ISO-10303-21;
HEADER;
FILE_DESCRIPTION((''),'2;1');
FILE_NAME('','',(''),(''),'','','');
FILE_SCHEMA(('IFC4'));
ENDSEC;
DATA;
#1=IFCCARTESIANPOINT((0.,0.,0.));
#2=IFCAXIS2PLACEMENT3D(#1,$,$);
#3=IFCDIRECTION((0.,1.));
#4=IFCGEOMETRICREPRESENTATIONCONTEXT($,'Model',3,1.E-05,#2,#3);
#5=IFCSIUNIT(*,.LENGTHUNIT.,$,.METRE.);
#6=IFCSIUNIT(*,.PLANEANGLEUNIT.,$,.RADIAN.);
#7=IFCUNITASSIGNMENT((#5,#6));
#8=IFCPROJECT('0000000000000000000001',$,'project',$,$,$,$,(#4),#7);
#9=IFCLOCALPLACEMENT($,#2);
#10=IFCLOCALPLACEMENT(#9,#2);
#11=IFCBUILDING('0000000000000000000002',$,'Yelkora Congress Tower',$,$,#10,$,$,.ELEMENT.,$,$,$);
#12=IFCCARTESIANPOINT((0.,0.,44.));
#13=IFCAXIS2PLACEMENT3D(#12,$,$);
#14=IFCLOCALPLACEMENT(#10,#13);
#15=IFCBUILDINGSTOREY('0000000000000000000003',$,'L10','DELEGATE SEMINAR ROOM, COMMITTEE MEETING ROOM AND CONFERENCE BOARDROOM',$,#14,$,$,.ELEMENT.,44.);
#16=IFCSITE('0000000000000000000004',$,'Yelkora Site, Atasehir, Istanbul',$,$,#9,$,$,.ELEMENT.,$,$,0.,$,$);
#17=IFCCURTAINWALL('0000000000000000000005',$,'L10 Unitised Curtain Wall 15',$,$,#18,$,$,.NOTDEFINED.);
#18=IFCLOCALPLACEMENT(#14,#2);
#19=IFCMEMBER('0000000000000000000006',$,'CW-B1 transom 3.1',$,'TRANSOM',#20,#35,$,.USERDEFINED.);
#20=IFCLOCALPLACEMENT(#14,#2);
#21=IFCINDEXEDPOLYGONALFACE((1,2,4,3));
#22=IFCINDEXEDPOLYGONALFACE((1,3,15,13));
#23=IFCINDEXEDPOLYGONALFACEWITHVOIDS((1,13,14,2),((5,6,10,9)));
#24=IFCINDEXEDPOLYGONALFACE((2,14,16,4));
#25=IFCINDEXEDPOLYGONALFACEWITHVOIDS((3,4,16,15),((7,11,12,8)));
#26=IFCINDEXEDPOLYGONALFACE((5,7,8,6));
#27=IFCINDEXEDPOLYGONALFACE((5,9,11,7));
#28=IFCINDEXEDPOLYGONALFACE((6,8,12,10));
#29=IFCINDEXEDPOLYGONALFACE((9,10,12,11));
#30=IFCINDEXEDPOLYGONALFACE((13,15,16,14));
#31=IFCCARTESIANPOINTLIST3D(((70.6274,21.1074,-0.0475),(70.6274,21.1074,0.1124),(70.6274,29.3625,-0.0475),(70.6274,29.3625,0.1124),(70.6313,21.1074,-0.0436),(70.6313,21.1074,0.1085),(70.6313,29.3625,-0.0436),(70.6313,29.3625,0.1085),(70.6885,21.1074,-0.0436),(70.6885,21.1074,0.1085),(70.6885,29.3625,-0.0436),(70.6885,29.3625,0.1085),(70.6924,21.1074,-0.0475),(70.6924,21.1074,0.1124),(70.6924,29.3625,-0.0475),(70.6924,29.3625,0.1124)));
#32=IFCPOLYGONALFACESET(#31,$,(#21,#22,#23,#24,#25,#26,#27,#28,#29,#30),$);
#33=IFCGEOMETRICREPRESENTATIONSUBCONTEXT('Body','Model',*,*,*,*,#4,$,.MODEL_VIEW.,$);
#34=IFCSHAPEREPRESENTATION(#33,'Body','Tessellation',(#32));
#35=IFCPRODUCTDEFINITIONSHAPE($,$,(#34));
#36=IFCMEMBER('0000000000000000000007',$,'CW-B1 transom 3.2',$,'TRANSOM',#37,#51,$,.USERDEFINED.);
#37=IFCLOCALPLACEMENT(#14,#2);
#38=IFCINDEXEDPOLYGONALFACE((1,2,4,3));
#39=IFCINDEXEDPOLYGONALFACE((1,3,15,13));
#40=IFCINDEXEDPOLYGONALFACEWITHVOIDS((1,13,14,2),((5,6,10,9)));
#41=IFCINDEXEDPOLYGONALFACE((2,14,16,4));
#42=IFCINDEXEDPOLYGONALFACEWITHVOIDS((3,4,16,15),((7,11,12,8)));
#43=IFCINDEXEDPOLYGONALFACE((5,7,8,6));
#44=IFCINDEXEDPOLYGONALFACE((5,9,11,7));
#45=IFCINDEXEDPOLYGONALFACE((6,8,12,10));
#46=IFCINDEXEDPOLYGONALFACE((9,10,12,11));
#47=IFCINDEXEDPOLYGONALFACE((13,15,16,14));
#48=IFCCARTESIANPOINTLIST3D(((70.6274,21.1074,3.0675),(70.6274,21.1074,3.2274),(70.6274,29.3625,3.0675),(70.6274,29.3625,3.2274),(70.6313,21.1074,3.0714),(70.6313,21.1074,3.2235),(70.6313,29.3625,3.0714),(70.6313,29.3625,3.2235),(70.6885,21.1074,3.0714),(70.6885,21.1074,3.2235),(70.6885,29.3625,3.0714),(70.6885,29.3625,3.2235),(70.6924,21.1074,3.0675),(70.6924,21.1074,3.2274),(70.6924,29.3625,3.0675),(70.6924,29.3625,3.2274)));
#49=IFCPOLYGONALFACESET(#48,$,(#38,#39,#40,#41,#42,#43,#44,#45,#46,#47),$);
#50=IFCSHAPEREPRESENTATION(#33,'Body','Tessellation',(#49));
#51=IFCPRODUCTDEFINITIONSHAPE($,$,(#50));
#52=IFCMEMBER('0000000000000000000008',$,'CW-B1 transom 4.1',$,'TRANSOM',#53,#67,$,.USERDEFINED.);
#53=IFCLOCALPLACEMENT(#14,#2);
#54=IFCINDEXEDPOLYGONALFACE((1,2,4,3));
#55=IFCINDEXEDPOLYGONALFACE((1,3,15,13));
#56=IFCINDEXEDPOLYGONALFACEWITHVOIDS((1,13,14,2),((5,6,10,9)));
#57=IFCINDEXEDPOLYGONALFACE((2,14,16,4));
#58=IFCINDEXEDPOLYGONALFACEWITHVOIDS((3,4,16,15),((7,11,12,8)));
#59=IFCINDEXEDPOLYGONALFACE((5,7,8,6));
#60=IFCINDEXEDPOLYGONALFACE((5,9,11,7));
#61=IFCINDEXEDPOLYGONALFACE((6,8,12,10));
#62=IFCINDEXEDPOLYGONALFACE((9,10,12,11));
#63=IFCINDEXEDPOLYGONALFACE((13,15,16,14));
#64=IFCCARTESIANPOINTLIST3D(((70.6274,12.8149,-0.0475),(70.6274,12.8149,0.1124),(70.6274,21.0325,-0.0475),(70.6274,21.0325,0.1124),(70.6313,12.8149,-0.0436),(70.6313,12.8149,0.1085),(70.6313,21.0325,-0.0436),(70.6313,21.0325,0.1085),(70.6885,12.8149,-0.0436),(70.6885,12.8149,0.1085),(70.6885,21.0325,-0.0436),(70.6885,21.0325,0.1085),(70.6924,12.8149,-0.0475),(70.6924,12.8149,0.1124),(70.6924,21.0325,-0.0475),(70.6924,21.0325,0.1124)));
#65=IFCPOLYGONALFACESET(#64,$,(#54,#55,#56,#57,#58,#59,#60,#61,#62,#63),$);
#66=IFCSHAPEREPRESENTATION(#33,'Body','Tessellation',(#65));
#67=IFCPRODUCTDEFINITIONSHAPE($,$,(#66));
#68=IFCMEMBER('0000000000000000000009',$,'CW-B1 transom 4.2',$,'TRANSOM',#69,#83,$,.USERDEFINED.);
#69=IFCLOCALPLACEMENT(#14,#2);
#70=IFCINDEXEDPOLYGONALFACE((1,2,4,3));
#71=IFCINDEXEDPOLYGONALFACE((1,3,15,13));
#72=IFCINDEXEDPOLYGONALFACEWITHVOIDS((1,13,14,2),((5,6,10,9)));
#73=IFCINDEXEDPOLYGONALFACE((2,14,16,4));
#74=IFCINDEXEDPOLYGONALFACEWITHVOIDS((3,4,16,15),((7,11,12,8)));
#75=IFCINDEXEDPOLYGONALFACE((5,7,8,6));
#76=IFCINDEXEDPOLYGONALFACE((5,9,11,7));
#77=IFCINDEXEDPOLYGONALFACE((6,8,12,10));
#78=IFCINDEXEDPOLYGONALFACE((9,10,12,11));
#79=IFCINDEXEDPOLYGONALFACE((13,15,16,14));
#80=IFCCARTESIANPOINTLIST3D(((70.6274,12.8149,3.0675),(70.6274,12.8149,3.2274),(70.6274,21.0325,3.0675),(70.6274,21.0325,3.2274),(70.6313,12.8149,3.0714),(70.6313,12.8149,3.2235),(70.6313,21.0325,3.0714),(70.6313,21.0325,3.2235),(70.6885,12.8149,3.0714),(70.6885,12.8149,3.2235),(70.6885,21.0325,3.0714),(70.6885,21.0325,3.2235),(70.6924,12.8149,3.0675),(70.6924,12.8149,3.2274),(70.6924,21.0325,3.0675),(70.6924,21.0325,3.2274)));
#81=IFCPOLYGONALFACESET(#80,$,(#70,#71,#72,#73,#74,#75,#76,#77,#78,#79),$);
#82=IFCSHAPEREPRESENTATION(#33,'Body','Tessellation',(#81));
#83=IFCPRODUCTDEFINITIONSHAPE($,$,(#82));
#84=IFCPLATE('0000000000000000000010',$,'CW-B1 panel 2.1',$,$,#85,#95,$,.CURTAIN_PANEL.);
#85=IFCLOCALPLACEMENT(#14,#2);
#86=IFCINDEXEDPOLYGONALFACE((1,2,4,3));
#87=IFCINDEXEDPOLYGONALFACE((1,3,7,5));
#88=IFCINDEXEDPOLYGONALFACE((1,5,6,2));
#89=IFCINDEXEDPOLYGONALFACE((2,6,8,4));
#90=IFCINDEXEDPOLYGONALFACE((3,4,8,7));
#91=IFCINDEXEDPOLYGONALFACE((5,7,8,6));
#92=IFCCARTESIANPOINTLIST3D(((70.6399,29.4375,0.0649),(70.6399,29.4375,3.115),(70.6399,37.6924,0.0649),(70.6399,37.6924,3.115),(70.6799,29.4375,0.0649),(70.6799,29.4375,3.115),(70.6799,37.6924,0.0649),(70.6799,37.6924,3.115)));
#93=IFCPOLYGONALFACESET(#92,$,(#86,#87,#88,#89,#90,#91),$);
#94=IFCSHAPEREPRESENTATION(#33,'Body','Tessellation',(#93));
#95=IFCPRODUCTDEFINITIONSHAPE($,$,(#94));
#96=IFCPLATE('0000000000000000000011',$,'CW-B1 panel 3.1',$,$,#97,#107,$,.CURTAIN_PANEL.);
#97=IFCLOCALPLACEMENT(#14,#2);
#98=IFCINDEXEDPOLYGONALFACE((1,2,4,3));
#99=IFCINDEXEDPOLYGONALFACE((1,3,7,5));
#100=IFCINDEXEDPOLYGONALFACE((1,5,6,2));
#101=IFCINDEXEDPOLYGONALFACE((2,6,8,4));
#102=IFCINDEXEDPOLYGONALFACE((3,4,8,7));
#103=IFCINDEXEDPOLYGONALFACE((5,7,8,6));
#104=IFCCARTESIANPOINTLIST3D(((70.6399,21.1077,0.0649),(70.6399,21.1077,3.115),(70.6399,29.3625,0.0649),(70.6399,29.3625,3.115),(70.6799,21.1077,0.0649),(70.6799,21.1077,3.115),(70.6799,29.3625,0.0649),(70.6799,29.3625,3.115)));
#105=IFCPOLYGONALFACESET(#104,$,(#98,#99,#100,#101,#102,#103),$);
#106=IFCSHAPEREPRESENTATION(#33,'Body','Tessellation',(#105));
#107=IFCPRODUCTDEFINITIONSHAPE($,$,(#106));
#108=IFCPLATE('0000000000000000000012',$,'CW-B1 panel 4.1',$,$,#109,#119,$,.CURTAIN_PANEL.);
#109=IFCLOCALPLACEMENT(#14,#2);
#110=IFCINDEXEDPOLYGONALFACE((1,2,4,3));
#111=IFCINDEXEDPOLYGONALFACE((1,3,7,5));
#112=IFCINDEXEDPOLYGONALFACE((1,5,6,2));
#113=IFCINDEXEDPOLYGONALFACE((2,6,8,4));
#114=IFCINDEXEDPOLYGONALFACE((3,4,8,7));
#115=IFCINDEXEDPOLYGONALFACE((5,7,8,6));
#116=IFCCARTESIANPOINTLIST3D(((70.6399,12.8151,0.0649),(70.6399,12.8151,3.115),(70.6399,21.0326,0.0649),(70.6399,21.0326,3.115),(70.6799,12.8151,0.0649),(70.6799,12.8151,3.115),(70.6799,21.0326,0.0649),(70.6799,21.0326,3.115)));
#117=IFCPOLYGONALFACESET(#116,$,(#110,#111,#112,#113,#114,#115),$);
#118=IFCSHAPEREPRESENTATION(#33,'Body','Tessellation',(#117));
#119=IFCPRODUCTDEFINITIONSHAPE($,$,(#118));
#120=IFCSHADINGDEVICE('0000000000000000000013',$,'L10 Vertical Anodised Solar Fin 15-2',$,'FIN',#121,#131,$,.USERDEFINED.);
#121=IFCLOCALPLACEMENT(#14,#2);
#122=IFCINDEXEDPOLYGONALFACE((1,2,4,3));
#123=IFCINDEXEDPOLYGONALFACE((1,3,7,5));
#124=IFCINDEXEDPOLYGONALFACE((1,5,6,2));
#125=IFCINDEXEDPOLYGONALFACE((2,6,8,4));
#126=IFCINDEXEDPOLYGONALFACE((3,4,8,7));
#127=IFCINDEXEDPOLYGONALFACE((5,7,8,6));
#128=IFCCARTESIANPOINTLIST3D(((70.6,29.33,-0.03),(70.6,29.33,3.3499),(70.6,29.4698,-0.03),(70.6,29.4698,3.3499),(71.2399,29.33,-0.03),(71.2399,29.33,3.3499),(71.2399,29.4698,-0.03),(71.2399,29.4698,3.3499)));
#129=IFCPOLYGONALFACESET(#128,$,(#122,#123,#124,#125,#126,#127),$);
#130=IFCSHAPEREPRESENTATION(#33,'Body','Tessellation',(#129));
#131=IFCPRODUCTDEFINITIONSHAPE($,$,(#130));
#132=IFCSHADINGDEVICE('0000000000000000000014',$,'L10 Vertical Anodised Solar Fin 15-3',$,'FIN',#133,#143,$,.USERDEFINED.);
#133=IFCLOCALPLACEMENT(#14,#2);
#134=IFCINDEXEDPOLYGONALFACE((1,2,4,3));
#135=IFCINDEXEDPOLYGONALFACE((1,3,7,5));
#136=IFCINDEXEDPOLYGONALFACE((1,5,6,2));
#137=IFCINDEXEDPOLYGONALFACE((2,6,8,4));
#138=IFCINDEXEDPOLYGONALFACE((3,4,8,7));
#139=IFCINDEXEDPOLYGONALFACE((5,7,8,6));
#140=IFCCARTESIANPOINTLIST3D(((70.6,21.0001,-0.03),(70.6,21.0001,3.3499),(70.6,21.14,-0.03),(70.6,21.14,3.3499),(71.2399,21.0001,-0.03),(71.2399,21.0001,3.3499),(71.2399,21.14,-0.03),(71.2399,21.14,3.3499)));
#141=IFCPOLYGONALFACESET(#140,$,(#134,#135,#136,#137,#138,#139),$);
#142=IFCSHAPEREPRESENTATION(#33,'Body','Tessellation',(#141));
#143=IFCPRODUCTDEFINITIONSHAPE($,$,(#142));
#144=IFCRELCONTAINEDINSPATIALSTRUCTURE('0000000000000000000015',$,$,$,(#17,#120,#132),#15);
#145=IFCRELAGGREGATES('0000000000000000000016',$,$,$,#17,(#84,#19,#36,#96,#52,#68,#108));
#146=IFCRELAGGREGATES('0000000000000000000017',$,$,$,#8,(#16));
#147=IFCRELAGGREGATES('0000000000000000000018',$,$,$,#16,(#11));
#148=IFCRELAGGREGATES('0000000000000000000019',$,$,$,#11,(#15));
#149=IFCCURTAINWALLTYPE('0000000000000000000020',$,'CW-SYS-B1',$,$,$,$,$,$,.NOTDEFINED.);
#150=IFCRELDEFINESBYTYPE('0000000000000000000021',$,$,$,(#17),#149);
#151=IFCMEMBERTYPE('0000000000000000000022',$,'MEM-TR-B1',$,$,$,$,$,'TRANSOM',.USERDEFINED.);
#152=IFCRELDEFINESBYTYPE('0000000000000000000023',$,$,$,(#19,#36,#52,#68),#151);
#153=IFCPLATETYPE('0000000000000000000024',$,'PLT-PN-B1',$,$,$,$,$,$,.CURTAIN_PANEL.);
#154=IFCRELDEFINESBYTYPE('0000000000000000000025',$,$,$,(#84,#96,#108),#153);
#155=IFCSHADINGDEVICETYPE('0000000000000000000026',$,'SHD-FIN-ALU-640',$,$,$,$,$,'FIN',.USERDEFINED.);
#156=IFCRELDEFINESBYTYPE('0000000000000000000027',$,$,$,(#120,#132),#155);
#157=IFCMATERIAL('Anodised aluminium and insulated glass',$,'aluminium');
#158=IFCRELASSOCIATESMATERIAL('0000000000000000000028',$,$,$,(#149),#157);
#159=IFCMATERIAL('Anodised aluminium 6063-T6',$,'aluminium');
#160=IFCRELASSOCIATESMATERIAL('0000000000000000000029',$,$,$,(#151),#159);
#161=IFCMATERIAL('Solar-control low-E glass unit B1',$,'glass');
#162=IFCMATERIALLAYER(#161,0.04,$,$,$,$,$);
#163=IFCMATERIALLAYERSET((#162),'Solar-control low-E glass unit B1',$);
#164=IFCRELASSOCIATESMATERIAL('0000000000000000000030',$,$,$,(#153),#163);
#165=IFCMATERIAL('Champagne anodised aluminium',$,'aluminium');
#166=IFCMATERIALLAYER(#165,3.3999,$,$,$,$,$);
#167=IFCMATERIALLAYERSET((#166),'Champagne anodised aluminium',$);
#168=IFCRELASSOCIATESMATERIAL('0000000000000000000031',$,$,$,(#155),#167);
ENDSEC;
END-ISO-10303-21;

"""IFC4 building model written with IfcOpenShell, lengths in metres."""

from ifc_helpers import new_model, si_unit, direction, frame, origin, origin_2d, place, context, subcontext, project, spatial, rectangle, hollow_rectangle, extrude, material, layer, layer_set, material_profile, profile_set, type_object, element, aggregate, save


model = new_model("IFC4")

# Units and contexts
model_context = context("Model", 3, precision=1e-05, world=origin(), true_north=direction((0.0, 1.0)))
body_context = subcontext(model_context, "Body", "Model", "MODEL_VIEW")
ifc_project = project(units=[si_unit("LENGTHUNIT", "METRE"), si_unit("PLANEANGLEUNIT", "RADIAN")], contexts=[model_context])

# Site, building, storey
site_placement = place(None, origin())
site = spatial("IfcSite", under=ifc_project, at=site_placement, Name="Yelkora Site, Atasehir, Istanbul", CompositionType="ELEMENT", RefElevation=0.0)
building_placement = place(site_placement, origin())
building = spatial("IfcBuilding", under=site, at=building_placement, Name="Yelkora Congress Tower", CompositionType="ELEMENT")
storey_placement = place(building_placement, frame((0.0, 0.0, 44.0)))
storey = spatial("IfcBuildingStorey", under=building, at=storey_placement, Name="L10", Description="DELEGATE SEMINAR ROOM, COMMITTEE MEETING ROOM AND CONFERENCE BOARDROOM", CompositionType="ELEMENT", Elevation=44.0)

# Curtain wall, members, plates
ifc_material_1 = material(Name="Anodised aluminium and insulated glass", Category="aluminium")
curtain_wall_type = type_object("IfcCurtainWallType", Name="CW-SYS-B1", PredefinedType="NOTDEFINED", material=ifc_material_1)
curtain_wall_placement = place(storey_placement, origin())
curtain_wall = element("IfcCurtainWall", 1, at=curtain_wall_placement, inside=storey, type_object=curtain_wall_type, Name="L10 Unitised Curtain Wall 15", PredefinedType="NOTDEFINED")
ifc_material_2 = material(Name="Anodised aluminium 6063-T6", Category="aluminium")
ifc_material_profile_1 = material_profile(ifc_material_2, hollow_rectangle(XDim=0.0649, YDim=0.1599, WallThickness=0.0039, at=origin_2d()), Name="ALU 65x160x4")
ifc_profile_set_1 = profile_set([ifc_material_profile_1], Name="Anodised aluminium 6063-T6")
member_type_1 = type_object("IfcMemberType", Name="MEM-TR-B1", ElementType="TRANSOM", PredefinedType="USERDEFINED", material=ifc_profile_set_1)
member_1_placement = place(storey_placement, frame((70.6599, 29.3625, 0.0325), z_axis=(0.0, -1.0, 0.0), x_axis=(1.0, 0.0, 0.0)))
member_1 = element("IfcMember", 2, at=member_1_placement, type_object=member_type_1, Name="CW-B1 transom 3.1", ObjectType="TRANSOM", PredefinedType="USERDEFINED", context=body_context, shape_type="SweptSolid", body=[
    extrude(hollow_rectangle(XDim=0.0649, YDim=0.1599, WallThickness=0.0039, at=origin_2d()), origin(), (0.0, 0.0, 1.0), 8.2551),
])
member_2_placement = place(storey_placement, frame((70.6599, 29.3625, 3.1475), z_axis=(0.0, -1.0, 0.0), x_axis=(1.0, 0.0, 0.0)))
member_2 = element("IfcMember", 3, at=member_2_placement, type_object=member_type_1, Name="CW-B1 transom 3.2", ObjectType="TRANSOM", PredefinedType="USERDEFINED", context=body_context, shape_type="SweptSolid", body=[
    extrude(hollow_rectangle(XDim=0.0649, YDim=0.1599, WallThickness=0.0039, at=origin_2d()), origin(), (0.0, 0.0, 1.0), 8.2551),
])
member_3_placement = place(storey_placement, frame((70.6599, 21.0325, 0.0325), z_axis=(0.0, -1.0, 0.0), x_axis=(1.0, 0.0, 0.0)))
member_3 = element("IfcMember", 4, at=member_3_placement, type_object=member_type_1, Name="CW-B1 transom 4.1", ObjectType="TRANSOM", PredefinedType="USERDEFINED", context=body_context, shape_type="SweptSolid", body=[
    extrude(hollow_rectangle(XDim=0.0649, YDim=0.1599, WallThickness=0.0039, at=origin_2d()), origin(), (0.0, 0.0, 1.0), 8.2175),
])
member_4_placement = place(storey_placement, frame((70.6599, 21.0325, 3.1475), z_axis=(0.0, -1.0, 0.0), x_axis=(1.0, 0.0, 0.0)))
member_4 = element("IfcMember", 5, at=member_4_placement, type_object=member_type_1, Name="CW-B1 transom 4.2", ObjectType="TRANSOM", PredefinedType="USERDEFINED", context=body_context, shape_type="SweptSolid", body=[
    extrude(hollow_rectangle(XDim=0.0649, YDim=0.1599, WallThickness=0.0039, at=origin_2d()), origin(), (0.0, 0.0, 1.0), 8.2175),
])
ifc_material_3 = material(Name="Solar-control low-E glass unit B1", Category="glass")
ifc_layer_1 = layer(ifc_material_3, 0.04)
ifc_layer_set_1 = layer_set([ifc_layer_1], Name="Solar-control low-E glass unit B1")
plate_type = type_object("IfcPlateType", Name="PLT-PN-B1", PredefinedType="CURTAIN_PANEL", material=ifc_layer_set_1)
plate_1_placement = place(storey_placement, frame((70.6599, 33.5649, 0.0649), z_axis=(0.0, 0.0, 1.0), x_axis=(0.0, -1.0, 0.0)))
plate_1 = element("IfcPlate", 6, at=plate_1_placement, type_object=plate_type, Name="CW-B1 panel 2.1", PredefinedType="CURTAIN_PANEL", context=body_context, shape_type="SweptSolid", body=[
    extrude(rectangle(XDim=8.2549, YDim=0.04, at=origin_2d()), origin(), (0.0, 0.0, 1.0), 3.05),
])
plate_2_placement = place(storey_placement, frame((70.6599, 25.2351, 0.0649), z_axis=(0.0, 0.0, 1.0), x_axis=(0.0, -1.0, 0.0)))
plate_2 = element("IfcPlate", 7, at=plate_2_placement, type_object=plate_type, Name="CW-B1 panel 3.1", PredefinedType="CURTAIN_PANEL", context=body_context, shape_type="SweptSolid", body=[
    extrude(rectangle(XDim=8.2549, YDim=0.04, at=origin_2d()), origin(), (0.0, 0.0, 1.0), 3.05),
])
plate_3_placement = place(storey_placement, frame((70.6599, 16.9238, 0.0649), z_axis=(0.0, 0.0, 1.0), x_axis=(0.0, -1.0, 0.0)))
plate_3 = element("IfcPlate", 8, at=plate_3_placement, type_object=plate_type, Name="CW-B1 panel 4.1", PredefinedType="CURTAIN_PANEL", context=body_context, shape_type="SweptSolid", body=[
    extrude(rectangle(XDim=8.2175, YDim=0.04, at=origin_2d()), origin(), (0.0, 0.0, 1.0), 3.05),
])
aggregate(curtain_wall, [plate_1, member_1, member_2, plate_2, member_3, member_4, plate_3])

# Shading devices
ifc_material_4 = material(Name="Champagne anodised aluminium", Category="aluminium")
ifc_layer_2 = layer(ifc_material_4, 3.3999)
ifc_layer_set_2 = layer_set([ifc_layer_2], Name="Champagne anodised aluminium")
shading_device_type = type_object("IfcShadingDeviceType", Name="SHD-FIN-ALU-640", ElementType="FIN", PredefinedType="USERDEFINED", material=ifc_layer_set_2)
for number, where, z_axis, x_axis, name in (
    (9, (70.9199, 29.3999, -0.03), (0.0, 0.0, 1.0), (0.0, -1.0, 0.0), "L10 Vertical Anodised Solar Fin 15-2"),
    (10, (70.9199, 21.0701, -0.03), (0.0, 0.0, 1.0), (0.0, -1.0, 0.0), "L10 Vertical Anodised Solar Fin 15-3"),
):
    element("IfcShadingDevice", number, at=place(storey_placement, frame(where, z_axis=z_axis, x_axis=x_axis)), inside=storey, type_object=shading_device_type, Name=name, ObjectType="FIN", PredefinedType="USERDEFINED", context=body_context, shape_type="SweptSolid", body=[
        extrude(rectangle(XDim=0.1399, YDim=0.6399, at=origin_2d()), origin(), (0.0, 0.0, 1.0), 3.3799),
    ])

save(model, "model.ifc")
